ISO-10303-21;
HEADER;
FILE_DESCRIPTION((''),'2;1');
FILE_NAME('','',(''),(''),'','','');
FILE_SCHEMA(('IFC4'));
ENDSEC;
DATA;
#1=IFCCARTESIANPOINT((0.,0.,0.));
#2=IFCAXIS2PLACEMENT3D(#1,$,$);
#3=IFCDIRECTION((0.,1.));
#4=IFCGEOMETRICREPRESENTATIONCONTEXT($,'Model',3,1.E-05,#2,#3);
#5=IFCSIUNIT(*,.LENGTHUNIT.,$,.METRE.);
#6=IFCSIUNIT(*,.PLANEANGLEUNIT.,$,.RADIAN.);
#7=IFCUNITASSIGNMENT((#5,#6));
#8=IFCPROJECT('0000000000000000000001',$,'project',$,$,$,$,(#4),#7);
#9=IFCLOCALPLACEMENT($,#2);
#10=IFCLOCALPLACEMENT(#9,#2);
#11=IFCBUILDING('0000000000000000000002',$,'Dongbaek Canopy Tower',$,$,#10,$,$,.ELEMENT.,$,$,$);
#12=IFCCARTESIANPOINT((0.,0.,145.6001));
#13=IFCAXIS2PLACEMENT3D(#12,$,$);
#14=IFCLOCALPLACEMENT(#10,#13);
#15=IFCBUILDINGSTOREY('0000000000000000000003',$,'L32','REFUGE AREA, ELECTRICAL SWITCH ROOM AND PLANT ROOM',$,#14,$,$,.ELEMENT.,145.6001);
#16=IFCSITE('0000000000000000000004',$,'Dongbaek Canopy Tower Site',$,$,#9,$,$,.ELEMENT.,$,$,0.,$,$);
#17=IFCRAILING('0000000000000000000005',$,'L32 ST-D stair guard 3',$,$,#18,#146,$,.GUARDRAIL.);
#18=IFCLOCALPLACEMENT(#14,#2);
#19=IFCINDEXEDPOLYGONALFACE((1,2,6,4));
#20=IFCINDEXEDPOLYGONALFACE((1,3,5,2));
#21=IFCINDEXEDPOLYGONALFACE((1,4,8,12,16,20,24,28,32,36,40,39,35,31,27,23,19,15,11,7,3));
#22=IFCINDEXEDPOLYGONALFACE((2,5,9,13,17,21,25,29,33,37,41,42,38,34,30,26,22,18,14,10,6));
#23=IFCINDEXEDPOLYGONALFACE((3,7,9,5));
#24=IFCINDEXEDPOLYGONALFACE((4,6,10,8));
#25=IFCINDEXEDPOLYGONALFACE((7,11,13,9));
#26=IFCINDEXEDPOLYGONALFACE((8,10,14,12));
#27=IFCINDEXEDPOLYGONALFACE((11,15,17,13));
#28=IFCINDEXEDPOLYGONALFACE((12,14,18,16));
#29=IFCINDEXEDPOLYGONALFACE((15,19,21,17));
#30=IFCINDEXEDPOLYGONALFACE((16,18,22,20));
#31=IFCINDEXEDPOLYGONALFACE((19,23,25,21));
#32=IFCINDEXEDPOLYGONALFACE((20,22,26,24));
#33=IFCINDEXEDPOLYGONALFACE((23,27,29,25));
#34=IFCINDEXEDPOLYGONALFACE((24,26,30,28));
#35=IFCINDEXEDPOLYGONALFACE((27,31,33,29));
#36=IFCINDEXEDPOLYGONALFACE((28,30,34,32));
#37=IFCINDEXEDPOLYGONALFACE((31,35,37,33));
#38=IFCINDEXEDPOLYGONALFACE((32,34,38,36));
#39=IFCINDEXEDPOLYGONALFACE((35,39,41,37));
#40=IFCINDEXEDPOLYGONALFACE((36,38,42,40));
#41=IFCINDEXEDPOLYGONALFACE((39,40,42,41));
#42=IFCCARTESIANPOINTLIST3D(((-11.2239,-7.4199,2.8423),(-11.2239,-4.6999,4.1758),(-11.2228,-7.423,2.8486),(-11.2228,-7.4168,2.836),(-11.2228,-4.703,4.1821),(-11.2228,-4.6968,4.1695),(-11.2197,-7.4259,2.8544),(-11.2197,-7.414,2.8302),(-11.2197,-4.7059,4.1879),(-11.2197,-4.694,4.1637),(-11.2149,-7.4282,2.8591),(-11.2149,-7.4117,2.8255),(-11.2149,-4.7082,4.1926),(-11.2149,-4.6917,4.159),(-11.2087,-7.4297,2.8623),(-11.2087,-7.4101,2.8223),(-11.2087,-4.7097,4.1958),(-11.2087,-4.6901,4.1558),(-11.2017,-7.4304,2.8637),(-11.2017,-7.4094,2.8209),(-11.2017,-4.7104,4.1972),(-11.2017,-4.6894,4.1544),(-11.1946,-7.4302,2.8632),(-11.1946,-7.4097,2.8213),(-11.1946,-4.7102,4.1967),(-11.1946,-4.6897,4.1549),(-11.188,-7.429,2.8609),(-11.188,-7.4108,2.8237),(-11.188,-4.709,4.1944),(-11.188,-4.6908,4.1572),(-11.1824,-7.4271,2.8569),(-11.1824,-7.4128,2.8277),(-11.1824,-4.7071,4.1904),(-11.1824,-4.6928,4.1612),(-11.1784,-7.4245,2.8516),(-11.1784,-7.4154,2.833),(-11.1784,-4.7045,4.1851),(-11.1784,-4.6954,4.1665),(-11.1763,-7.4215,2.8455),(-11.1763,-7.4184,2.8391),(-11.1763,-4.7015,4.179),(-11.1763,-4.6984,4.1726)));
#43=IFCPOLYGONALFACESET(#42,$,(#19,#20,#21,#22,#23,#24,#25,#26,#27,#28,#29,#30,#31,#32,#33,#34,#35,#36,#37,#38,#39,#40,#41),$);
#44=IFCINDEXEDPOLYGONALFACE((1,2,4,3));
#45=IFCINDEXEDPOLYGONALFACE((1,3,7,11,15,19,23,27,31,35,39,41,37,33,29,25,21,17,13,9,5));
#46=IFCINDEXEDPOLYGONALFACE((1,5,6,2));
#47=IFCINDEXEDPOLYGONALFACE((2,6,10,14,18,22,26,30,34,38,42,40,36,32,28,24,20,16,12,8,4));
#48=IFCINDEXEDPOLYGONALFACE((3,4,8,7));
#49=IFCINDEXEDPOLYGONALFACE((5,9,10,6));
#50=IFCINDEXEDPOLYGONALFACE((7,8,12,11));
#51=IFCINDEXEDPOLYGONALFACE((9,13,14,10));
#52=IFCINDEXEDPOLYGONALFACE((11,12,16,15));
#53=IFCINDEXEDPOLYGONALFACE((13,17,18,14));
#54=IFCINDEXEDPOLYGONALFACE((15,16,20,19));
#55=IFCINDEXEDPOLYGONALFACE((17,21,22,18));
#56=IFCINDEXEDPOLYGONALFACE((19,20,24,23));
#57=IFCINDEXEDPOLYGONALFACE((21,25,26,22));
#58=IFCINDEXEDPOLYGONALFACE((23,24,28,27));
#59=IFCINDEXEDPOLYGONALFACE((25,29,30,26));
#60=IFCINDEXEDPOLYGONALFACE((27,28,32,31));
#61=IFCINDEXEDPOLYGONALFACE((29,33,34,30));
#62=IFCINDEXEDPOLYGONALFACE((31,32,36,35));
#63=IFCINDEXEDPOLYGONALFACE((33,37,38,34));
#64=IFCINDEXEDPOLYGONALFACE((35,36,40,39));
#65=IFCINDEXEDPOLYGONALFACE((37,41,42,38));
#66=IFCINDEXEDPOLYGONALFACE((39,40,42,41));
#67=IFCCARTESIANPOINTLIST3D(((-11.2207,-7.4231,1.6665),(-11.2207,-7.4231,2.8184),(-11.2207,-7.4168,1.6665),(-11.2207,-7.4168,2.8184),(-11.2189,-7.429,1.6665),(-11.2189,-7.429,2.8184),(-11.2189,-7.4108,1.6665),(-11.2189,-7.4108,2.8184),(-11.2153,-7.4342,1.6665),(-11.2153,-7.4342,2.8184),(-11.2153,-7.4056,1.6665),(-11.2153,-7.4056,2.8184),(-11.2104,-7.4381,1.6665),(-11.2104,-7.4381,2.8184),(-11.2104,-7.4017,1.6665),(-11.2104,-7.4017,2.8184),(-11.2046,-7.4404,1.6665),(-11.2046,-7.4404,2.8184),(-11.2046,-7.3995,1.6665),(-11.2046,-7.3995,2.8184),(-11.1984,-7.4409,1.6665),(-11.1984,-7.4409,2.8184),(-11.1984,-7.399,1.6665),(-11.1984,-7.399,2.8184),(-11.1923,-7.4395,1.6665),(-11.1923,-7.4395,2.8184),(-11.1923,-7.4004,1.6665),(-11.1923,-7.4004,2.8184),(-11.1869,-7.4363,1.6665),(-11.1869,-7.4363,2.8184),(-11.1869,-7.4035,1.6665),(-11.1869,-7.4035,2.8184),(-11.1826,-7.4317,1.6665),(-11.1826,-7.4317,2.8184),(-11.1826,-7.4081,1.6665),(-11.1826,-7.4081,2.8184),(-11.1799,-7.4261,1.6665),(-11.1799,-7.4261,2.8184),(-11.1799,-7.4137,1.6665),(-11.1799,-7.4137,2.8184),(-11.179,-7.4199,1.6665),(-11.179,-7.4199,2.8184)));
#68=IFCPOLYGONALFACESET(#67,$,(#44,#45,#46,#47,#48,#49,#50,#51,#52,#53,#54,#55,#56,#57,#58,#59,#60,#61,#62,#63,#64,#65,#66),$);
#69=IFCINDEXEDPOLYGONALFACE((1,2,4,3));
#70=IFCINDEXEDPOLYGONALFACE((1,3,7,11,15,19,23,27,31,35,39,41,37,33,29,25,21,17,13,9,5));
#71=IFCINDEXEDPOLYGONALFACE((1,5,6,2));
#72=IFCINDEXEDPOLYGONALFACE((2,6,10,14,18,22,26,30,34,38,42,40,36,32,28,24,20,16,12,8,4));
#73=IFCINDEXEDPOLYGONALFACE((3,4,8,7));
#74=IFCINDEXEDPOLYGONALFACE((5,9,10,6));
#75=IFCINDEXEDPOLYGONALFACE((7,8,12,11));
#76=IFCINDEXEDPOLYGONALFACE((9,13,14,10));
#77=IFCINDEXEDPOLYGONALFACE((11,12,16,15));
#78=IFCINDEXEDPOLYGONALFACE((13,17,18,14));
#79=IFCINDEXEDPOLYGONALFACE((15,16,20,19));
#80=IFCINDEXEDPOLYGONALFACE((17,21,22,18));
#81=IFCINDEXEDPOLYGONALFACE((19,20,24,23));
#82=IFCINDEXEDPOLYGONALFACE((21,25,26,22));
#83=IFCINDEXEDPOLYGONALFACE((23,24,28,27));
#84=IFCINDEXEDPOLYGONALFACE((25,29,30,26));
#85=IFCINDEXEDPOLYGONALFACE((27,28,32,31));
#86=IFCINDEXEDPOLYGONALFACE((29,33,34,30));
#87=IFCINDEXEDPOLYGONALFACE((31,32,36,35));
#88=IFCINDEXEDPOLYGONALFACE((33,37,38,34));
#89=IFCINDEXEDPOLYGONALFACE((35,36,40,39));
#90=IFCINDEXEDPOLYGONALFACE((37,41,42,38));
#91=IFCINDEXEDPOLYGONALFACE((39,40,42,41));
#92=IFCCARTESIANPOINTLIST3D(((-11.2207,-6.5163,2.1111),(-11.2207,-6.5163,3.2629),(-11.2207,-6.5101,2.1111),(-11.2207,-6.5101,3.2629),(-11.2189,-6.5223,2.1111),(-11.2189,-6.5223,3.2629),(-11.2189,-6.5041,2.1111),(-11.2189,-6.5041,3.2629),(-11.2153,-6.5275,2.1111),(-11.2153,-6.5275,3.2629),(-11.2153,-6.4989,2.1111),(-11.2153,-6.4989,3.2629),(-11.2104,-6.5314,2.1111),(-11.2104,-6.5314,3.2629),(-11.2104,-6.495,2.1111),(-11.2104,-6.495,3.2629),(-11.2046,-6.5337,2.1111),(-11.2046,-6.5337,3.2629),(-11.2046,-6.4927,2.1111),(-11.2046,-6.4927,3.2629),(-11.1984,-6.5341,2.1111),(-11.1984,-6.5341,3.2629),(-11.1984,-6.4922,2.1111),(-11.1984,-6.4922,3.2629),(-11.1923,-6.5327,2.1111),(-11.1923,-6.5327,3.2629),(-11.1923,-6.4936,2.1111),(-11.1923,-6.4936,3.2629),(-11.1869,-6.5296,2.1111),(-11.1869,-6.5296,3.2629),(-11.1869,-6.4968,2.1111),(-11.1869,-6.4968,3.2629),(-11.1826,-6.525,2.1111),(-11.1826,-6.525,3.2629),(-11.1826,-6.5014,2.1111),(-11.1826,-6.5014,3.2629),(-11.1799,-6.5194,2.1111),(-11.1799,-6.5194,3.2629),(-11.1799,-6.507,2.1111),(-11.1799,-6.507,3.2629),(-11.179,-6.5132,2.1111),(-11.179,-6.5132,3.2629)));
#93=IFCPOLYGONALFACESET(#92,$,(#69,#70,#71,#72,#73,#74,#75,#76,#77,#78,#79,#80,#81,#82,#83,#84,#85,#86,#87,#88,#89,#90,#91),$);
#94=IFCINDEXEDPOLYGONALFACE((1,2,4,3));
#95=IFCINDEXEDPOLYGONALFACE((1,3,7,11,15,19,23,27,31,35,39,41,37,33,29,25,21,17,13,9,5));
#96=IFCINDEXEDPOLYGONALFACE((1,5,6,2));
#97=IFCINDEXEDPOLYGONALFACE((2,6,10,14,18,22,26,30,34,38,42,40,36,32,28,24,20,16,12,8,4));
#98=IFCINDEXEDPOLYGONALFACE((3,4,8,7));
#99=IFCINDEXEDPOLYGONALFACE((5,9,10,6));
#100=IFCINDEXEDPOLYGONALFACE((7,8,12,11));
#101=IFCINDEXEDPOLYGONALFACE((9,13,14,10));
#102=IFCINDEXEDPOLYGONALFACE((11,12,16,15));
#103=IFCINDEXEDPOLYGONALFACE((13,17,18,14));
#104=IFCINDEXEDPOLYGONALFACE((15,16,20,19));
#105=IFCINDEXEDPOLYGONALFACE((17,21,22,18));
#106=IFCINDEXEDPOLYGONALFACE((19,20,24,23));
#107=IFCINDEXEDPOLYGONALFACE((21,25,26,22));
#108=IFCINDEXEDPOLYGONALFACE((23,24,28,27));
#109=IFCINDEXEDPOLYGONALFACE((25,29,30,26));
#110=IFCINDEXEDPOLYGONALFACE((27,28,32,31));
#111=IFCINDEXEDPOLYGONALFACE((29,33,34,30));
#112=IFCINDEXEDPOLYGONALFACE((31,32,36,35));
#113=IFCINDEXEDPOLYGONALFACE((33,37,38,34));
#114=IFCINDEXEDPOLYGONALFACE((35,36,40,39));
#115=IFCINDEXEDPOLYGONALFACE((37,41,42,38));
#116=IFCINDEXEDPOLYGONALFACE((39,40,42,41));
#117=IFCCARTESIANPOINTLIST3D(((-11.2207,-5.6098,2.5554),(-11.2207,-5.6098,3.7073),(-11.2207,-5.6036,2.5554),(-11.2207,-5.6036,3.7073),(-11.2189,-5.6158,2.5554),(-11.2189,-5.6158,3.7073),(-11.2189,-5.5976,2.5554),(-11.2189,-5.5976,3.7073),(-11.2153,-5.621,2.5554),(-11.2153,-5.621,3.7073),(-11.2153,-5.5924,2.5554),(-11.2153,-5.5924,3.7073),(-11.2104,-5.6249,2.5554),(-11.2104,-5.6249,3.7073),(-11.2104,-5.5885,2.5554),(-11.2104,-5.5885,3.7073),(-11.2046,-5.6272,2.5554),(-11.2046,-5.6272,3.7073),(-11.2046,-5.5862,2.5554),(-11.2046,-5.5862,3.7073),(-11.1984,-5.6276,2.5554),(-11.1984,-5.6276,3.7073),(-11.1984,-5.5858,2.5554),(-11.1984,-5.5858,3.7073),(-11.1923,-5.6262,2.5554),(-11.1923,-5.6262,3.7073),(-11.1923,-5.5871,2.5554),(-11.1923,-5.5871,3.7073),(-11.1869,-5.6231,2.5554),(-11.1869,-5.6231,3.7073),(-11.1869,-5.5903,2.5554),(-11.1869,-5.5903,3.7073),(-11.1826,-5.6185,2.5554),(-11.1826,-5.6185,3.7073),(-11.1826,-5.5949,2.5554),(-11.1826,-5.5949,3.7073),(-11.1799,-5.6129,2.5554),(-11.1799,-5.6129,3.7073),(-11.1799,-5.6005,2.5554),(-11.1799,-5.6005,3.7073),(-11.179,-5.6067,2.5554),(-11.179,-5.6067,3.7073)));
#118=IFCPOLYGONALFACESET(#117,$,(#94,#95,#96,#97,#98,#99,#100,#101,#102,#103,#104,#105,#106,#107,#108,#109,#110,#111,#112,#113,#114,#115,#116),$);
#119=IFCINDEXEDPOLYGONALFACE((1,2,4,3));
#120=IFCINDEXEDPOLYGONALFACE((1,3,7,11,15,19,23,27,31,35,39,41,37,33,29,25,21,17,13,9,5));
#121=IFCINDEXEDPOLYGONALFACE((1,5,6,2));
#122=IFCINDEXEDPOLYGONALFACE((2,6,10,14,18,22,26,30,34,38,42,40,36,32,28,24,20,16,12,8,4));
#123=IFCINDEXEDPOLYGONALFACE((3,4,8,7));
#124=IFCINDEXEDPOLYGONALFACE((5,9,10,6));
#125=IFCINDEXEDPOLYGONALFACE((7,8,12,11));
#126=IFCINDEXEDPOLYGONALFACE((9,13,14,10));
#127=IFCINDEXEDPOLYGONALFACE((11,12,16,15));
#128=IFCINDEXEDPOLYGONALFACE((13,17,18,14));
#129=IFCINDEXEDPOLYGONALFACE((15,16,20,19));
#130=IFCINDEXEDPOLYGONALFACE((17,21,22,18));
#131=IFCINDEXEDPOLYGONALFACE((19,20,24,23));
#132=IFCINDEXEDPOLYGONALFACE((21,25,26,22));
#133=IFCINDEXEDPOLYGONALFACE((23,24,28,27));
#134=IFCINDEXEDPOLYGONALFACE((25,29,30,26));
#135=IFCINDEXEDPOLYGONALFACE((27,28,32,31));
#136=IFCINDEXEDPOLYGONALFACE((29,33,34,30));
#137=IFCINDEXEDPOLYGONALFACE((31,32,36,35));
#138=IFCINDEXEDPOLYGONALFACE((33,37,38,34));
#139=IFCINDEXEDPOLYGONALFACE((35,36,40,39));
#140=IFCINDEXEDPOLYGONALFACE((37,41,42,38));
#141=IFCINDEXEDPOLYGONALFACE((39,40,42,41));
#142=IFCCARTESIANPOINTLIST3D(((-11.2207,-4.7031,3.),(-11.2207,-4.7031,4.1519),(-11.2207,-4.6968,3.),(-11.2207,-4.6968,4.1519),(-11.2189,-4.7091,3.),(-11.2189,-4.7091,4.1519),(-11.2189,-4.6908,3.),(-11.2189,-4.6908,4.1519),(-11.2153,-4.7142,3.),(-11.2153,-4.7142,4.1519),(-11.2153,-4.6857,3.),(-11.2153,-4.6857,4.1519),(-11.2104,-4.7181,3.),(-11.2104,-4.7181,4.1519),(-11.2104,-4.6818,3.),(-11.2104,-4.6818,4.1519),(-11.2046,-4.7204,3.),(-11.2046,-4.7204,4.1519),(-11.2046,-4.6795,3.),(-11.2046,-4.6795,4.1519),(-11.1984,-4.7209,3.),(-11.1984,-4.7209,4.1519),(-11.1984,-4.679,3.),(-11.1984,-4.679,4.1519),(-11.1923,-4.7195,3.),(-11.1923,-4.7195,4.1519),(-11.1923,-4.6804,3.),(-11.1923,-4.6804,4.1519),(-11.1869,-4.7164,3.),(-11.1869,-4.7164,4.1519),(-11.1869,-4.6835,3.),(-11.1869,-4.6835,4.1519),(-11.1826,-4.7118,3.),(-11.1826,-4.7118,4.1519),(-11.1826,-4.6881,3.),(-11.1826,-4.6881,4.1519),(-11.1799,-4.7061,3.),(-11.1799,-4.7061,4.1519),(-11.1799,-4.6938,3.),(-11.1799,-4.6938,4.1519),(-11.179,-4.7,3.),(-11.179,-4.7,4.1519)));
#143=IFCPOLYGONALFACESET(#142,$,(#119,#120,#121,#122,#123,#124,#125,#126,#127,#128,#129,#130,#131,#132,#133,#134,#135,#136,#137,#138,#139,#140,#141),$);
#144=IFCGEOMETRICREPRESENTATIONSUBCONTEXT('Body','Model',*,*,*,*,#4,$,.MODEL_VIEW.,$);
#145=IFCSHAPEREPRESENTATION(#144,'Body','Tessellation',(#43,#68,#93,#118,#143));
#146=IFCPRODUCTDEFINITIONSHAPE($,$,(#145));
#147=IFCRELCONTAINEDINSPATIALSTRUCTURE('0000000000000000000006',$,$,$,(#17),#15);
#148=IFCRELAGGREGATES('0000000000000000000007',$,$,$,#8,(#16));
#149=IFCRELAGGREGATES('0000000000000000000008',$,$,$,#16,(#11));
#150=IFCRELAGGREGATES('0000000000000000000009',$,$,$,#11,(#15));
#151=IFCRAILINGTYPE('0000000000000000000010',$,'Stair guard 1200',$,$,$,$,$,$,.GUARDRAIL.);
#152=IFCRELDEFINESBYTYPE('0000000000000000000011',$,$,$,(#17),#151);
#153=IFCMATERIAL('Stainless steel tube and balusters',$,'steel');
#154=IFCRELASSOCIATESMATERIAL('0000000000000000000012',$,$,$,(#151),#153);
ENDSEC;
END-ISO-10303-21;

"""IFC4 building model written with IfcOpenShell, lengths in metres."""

from ifc_helpers import new_model, si_unit, direction, frame, origin, origin_2d, place, context, subcontext, project, spatial, circle, extrude, material, type_object, element, save


model = new_model("IFC4")

# Units and contexts
model_context = context("Model", 3, precision=1e-05, world=origin(), true_north=direction((0.0, 1.0)))
body_context = subcontext(model_context, "Body", "Model", "MODEL_VIEW")
ifc_project = project(units=[si_unit("LENGTHUNIT", "METRE"), si_unit("PLANEANGLEUNIT", "RADIAN")], contexts=[model_context])

# Site, building, storey
site_placement = place(None, origin())
site = spatial("IfcSite", under=ifc_project, at=site_placement, Name="Dongbaek Canopy Tower Site", CompositionType="ELEMENT", RefElevation=0.0)
building_placement = place(site_placement, origin())
building = spatial("IfcBuilding", under=site, at=building_placement, Name="Dongbaek Canopy Tower", CompositionType="ELEMENT")
storey_placement = place(building_placement, frame((0.0, 0.0, 145.6001)))
storey = spatial("IfcBuildingStorey", under=building, at=storey_placement, Name="L32", Description="REFUGE AREA, ELECTRICAL SWITCH ROOM AND PLANT ROOM", CompositionType="ELEMENT", Elevation=145.6001)

# Railing
ifc_material_1 = material(Name="Stainless steel tube and balusters", Category="steel")
railing_type_1 = type_object("IfcRailingType", Name="Stair guard 1200", PredefinedType="GUARDRAIL", material=ifc_material_1)
railing_1_placement = place(storey_placement, frame((-11.2, -7.4199, 1.6665)))
element("IfcRailing", 1, at=railing_1_placement, inside=storey, type_object=railing_type_1, Name="L32 ST-D stair guard 3", PredefinedType="GUARDRAIL", context=body_context, shape_type="SweptSolid", body=[
    extrude(circle(Radius=0.0239, at=origin_2d()), frame((0.0, 0.0, 1.1758), z_axis=(0.0, 0.897898, 0.440204), x_axis=(-1.0, 0.0, 0.0)), (0.0, 0.0, 1.0), 3.0293),
    extrude(circle(Radius=0.021, at=origin_2d()), origin(), (0.0, 0.0, 1.0), 1.1519),
    extrude(circle(Radius=0.021, at=origin_2d()), frame((0.0, 0.9067, 0.4446)), (0.0, 0.0, 1.0), 1.1519),
    extrude(circle(Radius=0.021, at=origin_2d()), frame((0.0, 1.8132, 0.8889)), (0.0, 0.0, 1.0), 1.1519),
    extrude(circle(Radius=0.021, at=origin_2d()), frame((0.0, 2.72, 1.3335)), (0.0, 0.0, 1.0), 1.1519),
])

save(model, "model.ifc")
